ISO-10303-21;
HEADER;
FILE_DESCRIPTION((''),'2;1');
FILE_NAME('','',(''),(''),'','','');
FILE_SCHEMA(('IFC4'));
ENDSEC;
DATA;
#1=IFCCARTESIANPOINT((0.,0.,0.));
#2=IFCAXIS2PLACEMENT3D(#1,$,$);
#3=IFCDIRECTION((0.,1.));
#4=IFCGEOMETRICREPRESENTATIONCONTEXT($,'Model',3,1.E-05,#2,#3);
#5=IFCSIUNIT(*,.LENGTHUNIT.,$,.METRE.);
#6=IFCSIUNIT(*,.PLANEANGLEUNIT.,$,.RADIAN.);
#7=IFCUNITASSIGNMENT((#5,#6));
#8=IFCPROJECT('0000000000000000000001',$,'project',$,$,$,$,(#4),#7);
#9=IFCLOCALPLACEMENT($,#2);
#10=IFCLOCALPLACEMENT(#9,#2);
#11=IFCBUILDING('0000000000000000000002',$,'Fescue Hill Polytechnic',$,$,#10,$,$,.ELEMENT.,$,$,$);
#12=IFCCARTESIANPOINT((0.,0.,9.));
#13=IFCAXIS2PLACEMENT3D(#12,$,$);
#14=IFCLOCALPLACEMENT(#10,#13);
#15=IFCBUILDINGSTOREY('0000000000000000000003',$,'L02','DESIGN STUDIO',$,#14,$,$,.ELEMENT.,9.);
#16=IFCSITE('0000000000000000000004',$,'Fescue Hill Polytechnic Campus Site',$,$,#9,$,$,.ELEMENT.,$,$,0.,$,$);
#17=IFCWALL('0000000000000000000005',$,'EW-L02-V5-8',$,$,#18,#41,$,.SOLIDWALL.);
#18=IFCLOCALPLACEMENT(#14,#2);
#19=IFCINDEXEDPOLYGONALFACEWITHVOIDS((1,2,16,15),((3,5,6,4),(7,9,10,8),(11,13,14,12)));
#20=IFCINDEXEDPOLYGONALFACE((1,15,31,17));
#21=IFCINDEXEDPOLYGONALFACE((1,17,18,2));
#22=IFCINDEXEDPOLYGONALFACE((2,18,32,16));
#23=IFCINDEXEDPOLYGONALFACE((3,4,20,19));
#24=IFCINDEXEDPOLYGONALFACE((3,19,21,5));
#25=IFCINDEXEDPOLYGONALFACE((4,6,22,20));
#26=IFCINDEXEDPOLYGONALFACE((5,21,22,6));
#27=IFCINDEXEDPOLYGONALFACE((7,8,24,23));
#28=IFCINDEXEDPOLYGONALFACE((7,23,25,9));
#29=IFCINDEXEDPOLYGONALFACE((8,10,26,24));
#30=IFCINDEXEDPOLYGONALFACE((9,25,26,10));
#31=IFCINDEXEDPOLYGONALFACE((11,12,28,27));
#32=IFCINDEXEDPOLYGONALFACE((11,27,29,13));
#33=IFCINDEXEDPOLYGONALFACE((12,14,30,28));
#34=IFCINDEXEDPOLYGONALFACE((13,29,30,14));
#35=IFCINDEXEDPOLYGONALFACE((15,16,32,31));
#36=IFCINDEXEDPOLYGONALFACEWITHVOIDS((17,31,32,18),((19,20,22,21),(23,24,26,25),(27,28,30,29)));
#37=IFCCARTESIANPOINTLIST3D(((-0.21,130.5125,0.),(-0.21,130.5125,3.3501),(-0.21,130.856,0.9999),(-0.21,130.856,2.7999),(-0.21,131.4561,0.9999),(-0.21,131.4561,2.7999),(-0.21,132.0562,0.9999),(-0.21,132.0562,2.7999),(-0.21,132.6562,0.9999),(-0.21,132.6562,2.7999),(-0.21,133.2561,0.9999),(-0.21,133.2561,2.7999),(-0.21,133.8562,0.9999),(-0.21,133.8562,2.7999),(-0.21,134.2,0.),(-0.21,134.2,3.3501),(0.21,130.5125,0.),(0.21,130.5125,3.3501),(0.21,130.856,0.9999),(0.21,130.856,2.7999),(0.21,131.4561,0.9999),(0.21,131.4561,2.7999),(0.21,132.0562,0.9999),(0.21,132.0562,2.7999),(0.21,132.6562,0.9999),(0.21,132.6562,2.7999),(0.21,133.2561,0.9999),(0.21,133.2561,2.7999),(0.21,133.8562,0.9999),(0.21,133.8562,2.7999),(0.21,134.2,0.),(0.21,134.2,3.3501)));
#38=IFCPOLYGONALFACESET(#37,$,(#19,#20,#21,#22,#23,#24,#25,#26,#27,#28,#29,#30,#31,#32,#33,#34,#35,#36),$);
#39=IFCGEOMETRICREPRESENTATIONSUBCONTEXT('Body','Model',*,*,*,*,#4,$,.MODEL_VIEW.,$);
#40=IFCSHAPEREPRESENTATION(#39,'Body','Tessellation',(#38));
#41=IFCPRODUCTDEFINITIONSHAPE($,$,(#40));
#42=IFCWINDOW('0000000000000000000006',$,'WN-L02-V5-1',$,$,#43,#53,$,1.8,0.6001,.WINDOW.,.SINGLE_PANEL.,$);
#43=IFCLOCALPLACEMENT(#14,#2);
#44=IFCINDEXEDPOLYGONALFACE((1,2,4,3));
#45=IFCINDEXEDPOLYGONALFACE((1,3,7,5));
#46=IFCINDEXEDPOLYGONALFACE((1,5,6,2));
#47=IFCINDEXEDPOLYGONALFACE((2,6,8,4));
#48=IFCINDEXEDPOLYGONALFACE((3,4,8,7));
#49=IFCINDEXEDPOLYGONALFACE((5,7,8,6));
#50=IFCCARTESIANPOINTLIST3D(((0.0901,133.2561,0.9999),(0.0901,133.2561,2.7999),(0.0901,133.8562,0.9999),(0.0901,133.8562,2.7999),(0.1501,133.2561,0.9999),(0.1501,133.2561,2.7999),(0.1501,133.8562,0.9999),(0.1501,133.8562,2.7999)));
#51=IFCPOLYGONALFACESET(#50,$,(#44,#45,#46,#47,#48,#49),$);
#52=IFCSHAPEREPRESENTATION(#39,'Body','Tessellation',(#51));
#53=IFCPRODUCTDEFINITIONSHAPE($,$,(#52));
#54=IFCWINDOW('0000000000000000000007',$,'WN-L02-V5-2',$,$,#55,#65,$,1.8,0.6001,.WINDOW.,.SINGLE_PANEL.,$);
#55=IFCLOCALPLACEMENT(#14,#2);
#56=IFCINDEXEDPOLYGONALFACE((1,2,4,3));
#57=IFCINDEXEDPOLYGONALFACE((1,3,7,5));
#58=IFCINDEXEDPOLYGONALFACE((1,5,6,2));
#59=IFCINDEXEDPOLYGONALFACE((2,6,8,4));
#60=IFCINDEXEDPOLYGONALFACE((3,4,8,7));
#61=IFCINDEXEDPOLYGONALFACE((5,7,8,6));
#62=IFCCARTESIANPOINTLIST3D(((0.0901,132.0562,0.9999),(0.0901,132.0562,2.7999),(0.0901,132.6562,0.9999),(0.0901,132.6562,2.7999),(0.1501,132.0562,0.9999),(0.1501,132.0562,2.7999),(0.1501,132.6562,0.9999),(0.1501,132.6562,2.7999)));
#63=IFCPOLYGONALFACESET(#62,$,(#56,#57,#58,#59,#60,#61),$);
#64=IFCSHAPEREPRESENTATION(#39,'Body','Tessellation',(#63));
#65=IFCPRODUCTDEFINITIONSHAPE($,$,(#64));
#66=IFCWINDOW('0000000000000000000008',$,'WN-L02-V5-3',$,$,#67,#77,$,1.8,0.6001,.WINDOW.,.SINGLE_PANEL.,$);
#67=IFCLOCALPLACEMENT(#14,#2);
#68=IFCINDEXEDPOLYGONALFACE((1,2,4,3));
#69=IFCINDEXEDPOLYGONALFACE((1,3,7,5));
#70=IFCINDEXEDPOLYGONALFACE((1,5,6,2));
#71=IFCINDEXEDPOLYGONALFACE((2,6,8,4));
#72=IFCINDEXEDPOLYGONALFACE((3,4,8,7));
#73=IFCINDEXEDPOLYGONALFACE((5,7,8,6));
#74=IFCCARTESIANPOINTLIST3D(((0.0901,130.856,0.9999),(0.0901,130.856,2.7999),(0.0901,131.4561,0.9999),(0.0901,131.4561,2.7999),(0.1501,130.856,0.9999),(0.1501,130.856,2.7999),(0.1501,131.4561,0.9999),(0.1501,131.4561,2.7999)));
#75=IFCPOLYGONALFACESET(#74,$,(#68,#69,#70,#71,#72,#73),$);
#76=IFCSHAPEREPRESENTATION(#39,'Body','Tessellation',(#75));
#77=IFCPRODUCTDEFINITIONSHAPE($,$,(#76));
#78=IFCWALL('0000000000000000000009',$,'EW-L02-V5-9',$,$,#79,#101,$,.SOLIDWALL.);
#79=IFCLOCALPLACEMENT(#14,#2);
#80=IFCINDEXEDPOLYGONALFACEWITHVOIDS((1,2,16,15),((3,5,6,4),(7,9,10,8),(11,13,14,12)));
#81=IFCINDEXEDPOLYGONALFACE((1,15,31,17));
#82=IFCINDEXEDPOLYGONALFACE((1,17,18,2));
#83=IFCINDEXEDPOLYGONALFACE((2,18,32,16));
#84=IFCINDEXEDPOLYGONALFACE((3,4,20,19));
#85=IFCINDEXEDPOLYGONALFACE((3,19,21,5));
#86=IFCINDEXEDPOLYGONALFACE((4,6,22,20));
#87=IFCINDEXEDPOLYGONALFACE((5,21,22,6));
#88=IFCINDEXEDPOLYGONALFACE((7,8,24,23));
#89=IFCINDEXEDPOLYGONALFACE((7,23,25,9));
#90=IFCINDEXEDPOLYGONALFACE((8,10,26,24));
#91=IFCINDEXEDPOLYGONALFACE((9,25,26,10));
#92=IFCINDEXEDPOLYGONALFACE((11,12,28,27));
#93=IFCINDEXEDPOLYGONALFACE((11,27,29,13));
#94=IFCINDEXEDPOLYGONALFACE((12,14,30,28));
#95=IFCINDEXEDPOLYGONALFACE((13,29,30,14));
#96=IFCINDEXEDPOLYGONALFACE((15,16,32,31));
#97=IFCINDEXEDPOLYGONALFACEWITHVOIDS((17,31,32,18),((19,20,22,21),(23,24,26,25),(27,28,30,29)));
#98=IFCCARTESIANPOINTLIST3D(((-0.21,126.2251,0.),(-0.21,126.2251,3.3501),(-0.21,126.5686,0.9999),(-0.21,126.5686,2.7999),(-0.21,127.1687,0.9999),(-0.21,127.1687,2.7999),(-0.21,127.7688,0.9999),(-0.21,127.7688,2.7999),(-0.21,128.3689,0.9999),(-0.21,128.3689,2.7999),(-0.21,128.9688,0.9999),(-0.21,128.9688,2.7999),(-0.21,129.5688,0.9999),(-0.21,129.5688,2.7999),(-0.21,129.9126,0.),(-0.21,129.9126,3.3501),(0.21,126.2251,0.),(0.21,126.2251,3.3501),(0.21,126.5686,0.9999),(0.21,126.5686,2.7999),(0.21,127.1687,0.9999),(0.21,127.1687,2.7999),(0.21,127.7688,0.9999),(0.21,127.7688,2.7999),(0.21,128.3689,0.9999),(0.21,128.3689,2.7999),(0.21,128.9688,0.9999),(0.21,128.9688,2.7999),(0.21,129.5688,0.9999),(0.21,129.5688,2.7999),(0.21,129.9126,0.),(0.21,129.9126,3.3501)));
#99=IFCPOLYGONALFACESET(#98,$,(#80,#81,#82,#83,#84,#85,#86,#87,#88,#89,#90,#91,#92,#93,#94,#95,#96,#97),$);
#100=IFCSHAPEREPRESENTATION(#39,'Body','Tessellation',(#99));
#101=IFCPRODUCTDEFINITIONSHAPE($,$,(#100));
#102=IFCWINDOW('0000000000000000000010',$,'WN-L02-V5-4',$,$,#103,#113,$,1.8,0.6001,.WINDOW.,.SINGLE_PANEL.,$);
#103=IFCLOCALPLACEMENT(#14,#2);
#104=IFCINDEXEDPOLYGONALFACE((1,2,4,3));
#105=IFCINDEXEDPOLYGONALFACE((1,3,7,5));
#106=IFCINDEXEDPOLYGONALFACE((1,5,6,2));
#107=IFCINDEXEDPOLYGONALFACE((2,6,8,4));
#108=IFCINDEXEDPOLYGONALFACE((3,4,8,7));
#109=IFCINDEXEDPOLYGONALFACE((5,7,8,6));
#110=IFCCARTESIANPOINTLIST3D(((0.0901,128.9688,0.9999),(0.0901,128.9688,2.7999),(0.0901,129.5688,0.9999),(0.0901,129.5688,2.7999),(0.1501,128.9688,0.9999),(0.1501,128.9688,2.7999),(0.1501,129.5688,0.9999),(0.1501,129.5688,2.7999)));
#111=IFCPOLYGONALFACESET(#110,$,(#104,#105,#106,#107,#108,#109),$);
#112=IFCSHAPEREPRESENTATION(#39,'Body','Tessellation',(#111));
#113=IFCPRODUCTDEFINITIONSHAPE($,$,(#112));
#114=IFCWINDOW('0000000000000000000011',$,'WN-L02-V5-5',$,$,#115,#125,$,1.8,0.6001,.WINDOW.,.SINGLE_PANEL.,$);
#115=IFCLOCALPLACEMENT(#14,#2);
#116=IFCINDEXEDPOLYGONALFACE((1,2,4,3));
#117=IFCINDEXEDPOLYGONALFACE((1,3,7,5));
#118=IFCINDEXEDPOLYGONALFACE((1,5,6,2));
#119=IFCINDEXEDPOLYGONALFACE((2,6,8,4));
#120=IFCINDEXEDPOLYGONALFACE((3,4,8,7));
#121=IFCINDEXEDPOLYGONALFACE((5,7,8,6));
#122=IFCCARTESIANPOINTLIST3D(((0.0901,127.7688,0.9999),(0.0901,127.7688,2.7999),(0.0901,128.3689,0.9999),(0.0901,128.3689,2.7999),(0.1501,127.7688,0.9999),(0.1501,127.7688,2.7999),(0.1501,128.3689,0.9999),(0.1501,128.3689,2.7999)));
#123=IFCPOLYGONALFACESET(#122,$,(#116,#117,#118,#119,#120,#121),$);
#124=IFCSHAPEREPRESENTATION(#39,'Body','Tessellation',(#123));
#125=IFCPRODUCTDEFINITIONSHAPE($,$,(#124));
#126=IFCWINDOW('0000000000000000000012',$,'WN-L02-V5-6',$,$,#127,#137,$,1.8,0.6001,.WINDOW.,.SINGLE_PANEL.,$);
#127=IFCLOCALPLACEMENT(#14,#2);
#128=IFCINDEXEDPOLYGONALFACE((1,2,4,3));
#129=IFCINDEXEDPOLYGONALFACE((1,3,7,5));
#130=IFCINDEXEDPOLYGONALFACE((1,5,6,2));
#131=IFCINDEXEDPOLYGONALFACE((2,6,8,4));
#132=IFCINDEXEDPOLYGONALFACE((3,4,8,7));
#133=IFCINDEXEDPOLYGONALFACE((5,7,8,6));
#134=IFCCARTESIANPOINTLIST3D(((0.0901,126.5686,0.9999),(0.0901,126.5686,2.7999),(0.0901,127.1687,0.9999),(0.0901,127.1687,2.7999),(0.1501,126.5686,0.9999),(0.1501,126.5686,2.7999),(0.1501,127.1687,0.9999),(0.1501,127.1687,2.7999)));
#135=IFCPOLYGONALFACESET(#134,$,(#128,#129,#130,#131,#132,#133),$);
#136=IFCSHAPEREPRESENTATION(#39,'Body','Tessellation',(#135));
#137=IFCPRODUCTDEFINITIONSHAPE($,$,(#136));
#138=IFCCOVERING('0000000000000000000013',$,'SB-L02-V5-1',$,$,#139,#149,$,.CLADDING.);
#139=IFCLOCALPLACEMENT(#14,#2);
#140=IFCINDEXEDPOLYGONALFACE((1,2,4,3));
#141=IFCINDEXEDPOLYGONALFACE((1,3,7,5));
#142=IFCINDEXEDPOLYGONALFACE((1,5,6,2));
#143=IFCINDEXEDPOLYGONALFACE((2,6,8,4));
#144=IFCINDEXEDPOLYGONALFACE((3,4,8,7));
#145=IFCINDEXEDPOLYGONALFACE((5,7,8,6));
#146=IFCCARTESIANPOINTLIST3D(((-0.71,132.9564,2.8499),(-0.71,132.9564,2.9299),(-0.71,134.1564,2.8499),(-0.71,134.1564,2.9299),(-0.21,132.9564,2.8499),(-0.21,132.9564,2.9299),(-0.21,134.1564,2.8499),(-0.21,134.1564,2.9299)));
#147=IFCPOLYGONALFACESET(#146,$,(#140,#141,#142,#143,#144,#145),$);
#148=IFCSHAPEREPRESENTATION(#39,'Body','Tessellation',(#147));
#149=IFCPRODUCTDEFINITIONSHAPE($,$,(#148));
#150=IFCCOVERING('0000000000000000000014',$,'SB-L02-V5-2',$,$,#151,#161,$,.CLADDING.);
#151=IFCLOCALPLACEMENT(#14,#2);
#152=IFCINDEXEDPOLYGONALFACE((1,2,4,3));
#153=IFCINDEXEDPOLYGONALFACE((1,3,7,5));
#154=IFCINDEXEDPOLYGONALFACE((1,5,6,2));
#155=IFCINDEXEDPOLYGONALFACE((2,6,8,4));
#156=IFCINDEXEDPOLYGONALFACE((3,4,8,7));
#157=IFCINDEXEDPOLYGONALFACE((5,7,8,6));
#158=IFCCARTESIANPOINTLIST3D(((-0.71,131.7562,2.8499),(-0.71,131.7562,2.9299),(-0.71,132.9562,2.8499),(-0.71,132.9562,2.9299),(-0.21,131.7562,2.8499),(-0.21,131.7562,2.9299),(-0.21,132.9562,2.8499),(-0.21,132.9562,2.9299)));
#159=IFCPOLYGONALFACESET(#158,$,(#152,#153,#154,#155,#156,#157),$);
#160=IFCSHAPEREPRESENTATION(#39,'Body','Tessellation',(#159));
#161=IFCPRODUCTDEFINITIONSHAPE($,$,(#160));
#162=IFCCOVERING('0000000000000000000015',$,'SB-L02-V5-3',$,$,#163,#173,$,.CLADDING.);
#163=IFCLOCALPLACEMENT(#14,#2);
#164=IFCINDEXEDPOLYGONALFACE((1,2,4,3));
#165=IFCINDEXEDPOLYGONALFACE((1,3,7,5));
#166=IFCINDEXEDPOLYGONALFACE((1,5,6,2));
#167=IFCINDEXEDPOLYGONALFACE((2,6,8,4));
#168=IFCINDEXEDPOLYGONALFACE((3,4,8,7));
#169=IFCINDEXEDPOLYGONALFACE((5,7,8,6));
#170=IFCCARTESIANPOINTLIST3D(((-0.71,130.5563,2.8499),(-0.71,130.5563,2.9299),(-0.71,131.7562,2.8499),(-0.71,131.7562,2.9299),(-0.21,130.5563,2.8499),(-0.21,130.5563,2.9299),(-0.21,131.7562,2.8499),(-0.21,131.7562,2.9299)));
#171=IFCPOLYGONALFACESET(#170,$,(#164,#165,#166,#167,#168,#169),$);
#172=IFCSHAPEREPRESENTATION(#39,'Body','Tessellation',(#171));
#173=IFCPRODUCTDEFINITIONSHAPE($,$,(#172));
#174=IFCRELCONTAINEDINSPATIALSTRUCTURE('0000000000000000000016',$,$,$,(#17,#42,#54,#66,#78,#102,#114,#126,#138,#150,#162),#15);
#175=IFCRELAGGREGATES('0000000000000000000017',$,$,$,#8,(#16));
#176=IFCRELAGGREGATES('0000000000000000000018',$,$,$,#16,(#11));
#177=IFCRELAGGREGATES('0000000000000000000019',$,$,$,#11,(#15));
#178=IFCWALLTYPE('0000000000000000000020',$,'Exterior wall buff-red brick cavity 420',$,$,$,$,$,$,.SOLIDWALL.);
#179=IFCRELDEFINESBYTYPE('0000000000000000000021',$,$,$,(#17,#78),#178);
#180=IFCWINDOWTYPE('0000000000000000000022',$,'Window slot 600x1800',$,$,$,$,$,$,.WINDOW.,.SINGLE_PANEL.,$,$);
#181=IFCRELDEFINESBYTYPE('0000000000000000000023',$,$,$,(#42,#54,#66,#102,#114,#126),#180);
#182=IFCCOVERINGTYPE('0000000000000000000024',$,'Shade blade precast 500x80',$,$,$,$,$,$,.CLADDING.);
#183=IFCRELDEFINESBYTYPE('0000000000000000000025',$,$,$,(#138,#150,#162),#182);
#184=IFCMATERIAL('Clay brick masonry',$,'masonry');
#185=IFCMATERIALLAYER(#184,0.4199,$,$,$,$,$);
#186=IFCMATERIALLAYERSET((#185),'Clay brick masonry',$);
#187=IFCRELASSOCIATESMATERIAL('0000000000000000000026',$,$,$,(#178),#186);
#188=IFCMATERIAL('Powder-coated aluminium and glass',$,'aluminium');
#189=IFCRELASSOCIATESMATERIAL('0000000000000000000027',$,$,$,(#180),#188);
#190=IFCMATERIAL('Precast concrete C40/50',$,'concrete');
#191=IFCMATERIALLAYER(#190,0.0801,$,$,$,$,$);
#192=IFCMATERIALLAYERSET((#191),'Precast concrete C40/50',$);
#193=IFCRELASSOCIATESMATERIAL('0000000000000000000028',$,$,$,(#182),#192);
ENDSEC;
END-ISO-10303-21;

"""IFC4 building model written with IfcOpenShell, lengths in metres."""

from ifc_helpers import new_model, si_unit, direction, frame, frame_2d, origin, origin_2d, place, context, subcontext, project, spatial, rectangle, extrude, material, layer, layer_set, type_object, element, fill, save


model = new_model("IFC4")

# Units and contexts
model_context = context("Model", 3, precision=1e-05, world=origin(), true_north=direction((0.0, 1.0)))
body_context = subcontext(model_context, "Body", "Model", "MODEL_VIEW")
ifc_project = project(units=[si_unit("LENGTHUNIT", "METRE"), si_unit("PLANEANGLEUNIT", "RADIAN")], contexts=[model_context])

# Site, building, storey
site_placement = place(None, origin())
site = spatial("IfcSite", under=ifc_project, at=site_placement, Name="Fescue Hill Polytechnic Campus Site", CompositionType="ELEMENT", RefElevation=0.0)
building_placement = place(site_placement, origin())
building = spatial("IfcBuilding", under=site, at=building_placement, Name="Fescue Hill Polytechnic", CompositionType="ELEMENT")
storey_placement = place(building_placement, frame((0.0, 0.0, 9.0)))
storey = spatial("IfcBuildingStorey", under=building, at=storey_placement, Name="L02", Description="DESIGN STUDIO", CompositionType="ELEMENT", Elevation=9.0)

# Shared definitions
ifc_material_1 = material(Name="Clay brick masonry", Category="masonry")

# Walls, openings, windows
ifc_layer_1 = layer(ifc_material_1, 0.4199)
ifc_layer_set_1 = layer_set([ifc_layer_1], Name="Clay brick masonry")
wall_type_1 = type_object("IfcWallType", Name="Exterior wall buff-red brick cavity 420", PredefinedType="SOLIDWALL", material=ifc_layer_set_1)
wall_1_placement = place(storey_placement, frame((0.0, 134.2, 0.0), z_axis=(0.0, 0.0, 1.0), x_axis=(0.0, -1.0, 0.0)))
wall_1 = element("IfcWall", 1, at=wall_1_placement, inside=storey, type_object=wall_type_1, Name="EW-L02-V5-8", PredefinedType="SOLIDWALL", context=body_context, shape_type="SweptSolid", body=[
    extrude(rectangle(XDim=3.6875, YDim=0.4199, at=frame_2d((1.8438, 0.0))), origin(), (0.0, 0.0, 1.0), 3.3501),
])
opening_1_placement = place(wall_1_placement, frame((0.3438, 0.0, 1.0)))
opening_1 = element("IfcOpeningElement", 2, at=opening_1_placement, cuts=wall_1, PredefinedType="OPENING", context=body_context, shape_type="SweptSolid", body=[
    extrude(rectangle(XDim=0.6001, YDim=1.8, at=frame_2d((0.3, 0.8999))), frame((0.0, 0.22, 0.0), z_axis=(0.0, -1.0, 0.0), x_axis=(1.0, 0.0, 0.0)), (0.0, 0.0, 1.0), 0.4399),
])
opening_2_placement = place(wall_1_placement, frame((1.5437, 0.0, 1.0)))
opening_2 = element("IfcOpeningElement", 3, at=opening_2_placement, cuts=wall_1, PredefinedType="OPENING", context=body_context, shape_type="SweptSolid", body=[
    extrude(rectangle(XDim=0.6001, YDim=1.8, at=frame_2d((0.3, 0.8999))), frame((0.0, 0.22, 0.0), z_axis=(0.0, -1.0, 0.0), x_axis=(1.0, 0.0, 0.0)), (0.0, 0.0, 1.0), 0.4399),
])
opening_3_placement = place(wall_1_placement, frame((2.7439, 0.0, 1.0)))
opening_3 = element("IfcOpeningElement", 4, at=opening_3_placement, cuts=wall_1, PredefinedType="OPENING", context=body_context, shape_type="SweptSolid", body=[
    extrude(rectangle(XDim=0.6001, YDim=1.8, at=frame_2d((0.3, 0.8999))), frame((0.0, 0.22, 0.0), z_axis=(0.0, -1.0, 0.0), x_axis=(1.0, 0.0, 0.0)), (0.0, 0.0, 1.0), 0.4399),
])
ifc_material_2 = material(Name="Powder-coated aluminium and glass", Category="aluminium")
window_type = type_object("IfcWindowType", Name="Window slot 600x1800", PartitioningType="SINGLE_PANEL", PredefinedType="WINDOW", material=ifc_material_2)
window_1_placement = place(opening_1_placement, origin())
window_1 = element("IfcWindow", 5, at=window_1_placement, inside=storey, type_object=window_type, Name="WN-L02-V5-1", OverallHeight=1.8, OverallWidth=0.6001, PartitioningType="SINGLE_PANEL", PredefinedType="WINDOW", context=body_context, shape_type="SweptSolid", body=[
    extrude(rectangle(XDim=0.6001, YDim=1.8, at=frame_2d((0.3, 0.8999))), frame((0.0, 0.1501, 0.0), z_axis=(0.0, -1.0, 0.0), x_axis=(1.0, 0.0, 0.0)), (0.0, 0.0, 1.0), 0.0601),
])
fill(opening_1, window_1)
window_2_placement = place(opening_2_placement, origin())
window_2 = element("IfcWindow", 6, at=window_2_placement, inside=storey, type_object=window_type, Name="WN-L02-V5-2", OverallHeight=1.8, OverallWidth=0.6001, PartitioningType="SINGLE_PANEL", PredefinedType="WINDOW", context=body_context, shape_type="SweptSolid", body=[
    extrude(rectangle(XDim=0.6001, YDim=1.8, at=frame_2d((0.3, 0.8999))), frame((0.0, 0.1501, 0.0), z_axis=(0.0, -1.0, 0.0), x_axis=(1.0, 0.0, 0.0)), (0.0, 0.0, 1.0), 0.0601),
])
fill(opening_2, window_2)
window_3_placement = place(opening_3_placement, origin())
window_3 = element("IfcWindow", 7, at=window_3_placement, inside=storey, type_object=window_type, Name="WN-L02-V5-3", OverallHeight=1.8, OverallWidth=0.6001, PartitioningType="SINGLE_PANEL", PredefinedType="WINDOW", context=body_context, shape_type="SweptSolid", body=[
    extrude(rectangle(XDim=0.6001, YDim=1.8, at=frame_2d((0.3, 0.8999))), frame((0.0, 0.1501, 0.0), z_axis=(0.0, -1.0, 0.0), x_axis=(1.0, 0.0, 0.0)), (0.0, 0.0, 1.0), 0.0601),
])
fill(opening_3, window_3)
wall_2_placement = place(storey_placement, frame((0.0, 129.9126, 0.0), z_axis=(0.0, 0.0, 1.0), x_axis=(0.0, -1.0, 0.0)))
wall_2 = element("IfcWall", 8, at=wall_2_placement, inside=storey, type_object=wall_type_1, Name="EW-L02-V5-9", PredefinedType="SOLIDWALL", context=body_context, shape_type="SweptSolid", body=[
    extrude(rectangle(XDim=3.6875, YDim=0.4199, at=frame_2d((1.8438, 0.0))), origin(), (0.0, 0.0, 1.0), 3.3501),
])
opening_4_placement = place(wall_2_placement, frame((0.3438, 0.0, 1.0)))
opening_4 = element("IfcOpeningElement", 9, at=opening_4_placement, cuts=wall_2, PredefinedType="OPENING", context=body_context, shape_type="SweptSolid", body=[
    extrude(rectangle(XDim=0.6001, YDim=1.8, at=frame_2d((0.3, 0.8999))), frame((0.0, 0.22, 0.0), z_axis=(0.0, -1.0, 0.0), x_axis=(1.0, 0.0, 0.0)), (0.0, 0.0, 1.0), 0.4399),
])
opening_5_placement = place(wall_2_placement, frame((1.5437, 0.0, 1.0)))
opening_5 = element("IfcOpeningElement", 10, at=opening_5_placement, cuts=wall_2, PredefinedType="OPENING", context=body_context, shape_type="SweptSolid", body=[
    extrude(rectangle(XDim=0.6001, YDim=1.8, at=frame_2d((0.3, 0.8999))), frame((0.0, 0.22, 0.0), z_axis=(0.0, -1.0, 0.0), x_axis=(1.0, 0.0, 0.0)), (0.0, 0.0, 1.0), 0.4399),
])
opening_6_placement = place(wall_2_placement, frame((2.7439, 0.0, 1.0)))
opening_6 = element("IfcOpeningElement", 11, at=opening_6_placement, cuts=wall_2, PredefinedType="OPENING", context=body_context, shape_type="SweptSolid", body=[
    extrude(rectangle(XDim=0.6001, YDim=1.8, at=frame_2d((0.3, 0.8999))), frame((0.0, 0.22, 0.0), z_axis=(0.0, -1.0, 0.0), x_axis=(1.0, 0.0, 0.0)), (0.0, 0.0, 1.0), 0.4399),
])
window_4_placement = place(opening_4_placement, origin())
window_4 = element("IfcWindow", 12, at=window_4_placement, inside=storey, type_object=window_type, Name="WN-L02-V5-4", OverallHeight=1.8, OverallWidth=0.6001, PartitioningType="SINGLE_PANEL", PredefinedType="WINDOW", context=body_context, shape_type="SweptSolid", body=[
    extrude(rectangle(XDim=0.6001, YDim=1.8, at=frame_2d((0.3, 0.8999))), frame((0.0, 0.1501, 0.0), z_axis=(0.0, -1.0, 0.0), x_axis=(1.0, 0.0, 0.0)), (0.0, 0.0, 1.0), 0.0601),
])
fill(opening_4, window_4)
window_5_placement = place(opening_5_placement, origin())
window_5 = element("IfcWindow", 13, at=window_5_placement, inside=storey, type_object=window_type, Name="WN-L02-V5-5", OverallHeight=1.8, OverallWidth=0.6001, PartitioningType="SINGLE_PANEL", PredefinedType="WINDOW", context=body_context, shape_type="SweptSolid", body=[
    extrude(rectangle(XDim=0.6001, YDim=1.8, at=frame_2d((0.3, 0.8999))), frame((0.0, 0.1501, 0.0), z_axis=(0.0, -1.0, 0.0), x_axis=(1.0, 0.0, 0.0)), (0.0, 0.0, 1.0), 0.0601),
])
fill(opening_5, window_5)
window_6_placement = place(opening_6_placement, origin())
window_6 = element("IfcWindow", 14, at=window_6_placement, inside=storey, type_object=window_type, Name="WN-L02-V5-6", OverallHeight=1.8, OverallWidth=0.6001, PartitioningType="SINGLE_PANEL", PredefinedType="WINDOW", context=body_context, shape_type="SweptSolid", body=[
    extrude(rectangle(XDim=0.6001, YDim=1.8, at=frame_2d((0.3, 0.8999))), frame((0.0, 0.1501, 0.0), z_axis=(0.0, -1.0, 0.0), x_axis=(1.0, 0.0, 0.0)), (0.0, 0.0, 1.0), 0.0601),
])
fill(opening_6, window_6)

# Coverings
ifc_material_3 = material(Name="Precast concrete C40/50", Category="concrete")
ifc_layer_2 = layer(ifc_material_3, 0.0801)
ifc_layer_set_2 = layer_set([ifc_layer_2], Name="Precast concrete C40/50")
covering_type = type_object("IfcCoveringType", Name="Shade blade precast 500x80", PredefinedType="CLADDING", material=ifc_layer_set_2)
for number, where, z_axis, x_axis, name in (
    (15, (-0.46, 133.5564, 2.8499), (0.0, 0.0, 1.0), (0.0, -1.0, 0.0), "SB-L02-V5-1"),
    (16, (-0.46, 132.3562, 2.8499), (0.0, 0.0, 1.0), (0.0, -1.0, 0.0), "SB-L02-V5-2"),
    (17, (-0.46, 131.1562, 2.8499), (0.0, 0.0, 1.0), (0.0, -1.0, 0.0), "SB-L02-V5-3"),
):
    element("IfcCovering", number, at=place(storey_placement, frame(where, z_axis=z_axis, x_axis=x_axis)), inside=storey, type_object=covering_type, Name=name, PredefinedType="CLADDING", context=body_context, shape_type="SweptSolid", body=[
        extrude(rectangle(XDim=1.2, YDim=0.5, at=origin_2d()), origin(), (0.0, 0.0, 1.0), 0.0801),
    ])

save(model, "model.ifc")
